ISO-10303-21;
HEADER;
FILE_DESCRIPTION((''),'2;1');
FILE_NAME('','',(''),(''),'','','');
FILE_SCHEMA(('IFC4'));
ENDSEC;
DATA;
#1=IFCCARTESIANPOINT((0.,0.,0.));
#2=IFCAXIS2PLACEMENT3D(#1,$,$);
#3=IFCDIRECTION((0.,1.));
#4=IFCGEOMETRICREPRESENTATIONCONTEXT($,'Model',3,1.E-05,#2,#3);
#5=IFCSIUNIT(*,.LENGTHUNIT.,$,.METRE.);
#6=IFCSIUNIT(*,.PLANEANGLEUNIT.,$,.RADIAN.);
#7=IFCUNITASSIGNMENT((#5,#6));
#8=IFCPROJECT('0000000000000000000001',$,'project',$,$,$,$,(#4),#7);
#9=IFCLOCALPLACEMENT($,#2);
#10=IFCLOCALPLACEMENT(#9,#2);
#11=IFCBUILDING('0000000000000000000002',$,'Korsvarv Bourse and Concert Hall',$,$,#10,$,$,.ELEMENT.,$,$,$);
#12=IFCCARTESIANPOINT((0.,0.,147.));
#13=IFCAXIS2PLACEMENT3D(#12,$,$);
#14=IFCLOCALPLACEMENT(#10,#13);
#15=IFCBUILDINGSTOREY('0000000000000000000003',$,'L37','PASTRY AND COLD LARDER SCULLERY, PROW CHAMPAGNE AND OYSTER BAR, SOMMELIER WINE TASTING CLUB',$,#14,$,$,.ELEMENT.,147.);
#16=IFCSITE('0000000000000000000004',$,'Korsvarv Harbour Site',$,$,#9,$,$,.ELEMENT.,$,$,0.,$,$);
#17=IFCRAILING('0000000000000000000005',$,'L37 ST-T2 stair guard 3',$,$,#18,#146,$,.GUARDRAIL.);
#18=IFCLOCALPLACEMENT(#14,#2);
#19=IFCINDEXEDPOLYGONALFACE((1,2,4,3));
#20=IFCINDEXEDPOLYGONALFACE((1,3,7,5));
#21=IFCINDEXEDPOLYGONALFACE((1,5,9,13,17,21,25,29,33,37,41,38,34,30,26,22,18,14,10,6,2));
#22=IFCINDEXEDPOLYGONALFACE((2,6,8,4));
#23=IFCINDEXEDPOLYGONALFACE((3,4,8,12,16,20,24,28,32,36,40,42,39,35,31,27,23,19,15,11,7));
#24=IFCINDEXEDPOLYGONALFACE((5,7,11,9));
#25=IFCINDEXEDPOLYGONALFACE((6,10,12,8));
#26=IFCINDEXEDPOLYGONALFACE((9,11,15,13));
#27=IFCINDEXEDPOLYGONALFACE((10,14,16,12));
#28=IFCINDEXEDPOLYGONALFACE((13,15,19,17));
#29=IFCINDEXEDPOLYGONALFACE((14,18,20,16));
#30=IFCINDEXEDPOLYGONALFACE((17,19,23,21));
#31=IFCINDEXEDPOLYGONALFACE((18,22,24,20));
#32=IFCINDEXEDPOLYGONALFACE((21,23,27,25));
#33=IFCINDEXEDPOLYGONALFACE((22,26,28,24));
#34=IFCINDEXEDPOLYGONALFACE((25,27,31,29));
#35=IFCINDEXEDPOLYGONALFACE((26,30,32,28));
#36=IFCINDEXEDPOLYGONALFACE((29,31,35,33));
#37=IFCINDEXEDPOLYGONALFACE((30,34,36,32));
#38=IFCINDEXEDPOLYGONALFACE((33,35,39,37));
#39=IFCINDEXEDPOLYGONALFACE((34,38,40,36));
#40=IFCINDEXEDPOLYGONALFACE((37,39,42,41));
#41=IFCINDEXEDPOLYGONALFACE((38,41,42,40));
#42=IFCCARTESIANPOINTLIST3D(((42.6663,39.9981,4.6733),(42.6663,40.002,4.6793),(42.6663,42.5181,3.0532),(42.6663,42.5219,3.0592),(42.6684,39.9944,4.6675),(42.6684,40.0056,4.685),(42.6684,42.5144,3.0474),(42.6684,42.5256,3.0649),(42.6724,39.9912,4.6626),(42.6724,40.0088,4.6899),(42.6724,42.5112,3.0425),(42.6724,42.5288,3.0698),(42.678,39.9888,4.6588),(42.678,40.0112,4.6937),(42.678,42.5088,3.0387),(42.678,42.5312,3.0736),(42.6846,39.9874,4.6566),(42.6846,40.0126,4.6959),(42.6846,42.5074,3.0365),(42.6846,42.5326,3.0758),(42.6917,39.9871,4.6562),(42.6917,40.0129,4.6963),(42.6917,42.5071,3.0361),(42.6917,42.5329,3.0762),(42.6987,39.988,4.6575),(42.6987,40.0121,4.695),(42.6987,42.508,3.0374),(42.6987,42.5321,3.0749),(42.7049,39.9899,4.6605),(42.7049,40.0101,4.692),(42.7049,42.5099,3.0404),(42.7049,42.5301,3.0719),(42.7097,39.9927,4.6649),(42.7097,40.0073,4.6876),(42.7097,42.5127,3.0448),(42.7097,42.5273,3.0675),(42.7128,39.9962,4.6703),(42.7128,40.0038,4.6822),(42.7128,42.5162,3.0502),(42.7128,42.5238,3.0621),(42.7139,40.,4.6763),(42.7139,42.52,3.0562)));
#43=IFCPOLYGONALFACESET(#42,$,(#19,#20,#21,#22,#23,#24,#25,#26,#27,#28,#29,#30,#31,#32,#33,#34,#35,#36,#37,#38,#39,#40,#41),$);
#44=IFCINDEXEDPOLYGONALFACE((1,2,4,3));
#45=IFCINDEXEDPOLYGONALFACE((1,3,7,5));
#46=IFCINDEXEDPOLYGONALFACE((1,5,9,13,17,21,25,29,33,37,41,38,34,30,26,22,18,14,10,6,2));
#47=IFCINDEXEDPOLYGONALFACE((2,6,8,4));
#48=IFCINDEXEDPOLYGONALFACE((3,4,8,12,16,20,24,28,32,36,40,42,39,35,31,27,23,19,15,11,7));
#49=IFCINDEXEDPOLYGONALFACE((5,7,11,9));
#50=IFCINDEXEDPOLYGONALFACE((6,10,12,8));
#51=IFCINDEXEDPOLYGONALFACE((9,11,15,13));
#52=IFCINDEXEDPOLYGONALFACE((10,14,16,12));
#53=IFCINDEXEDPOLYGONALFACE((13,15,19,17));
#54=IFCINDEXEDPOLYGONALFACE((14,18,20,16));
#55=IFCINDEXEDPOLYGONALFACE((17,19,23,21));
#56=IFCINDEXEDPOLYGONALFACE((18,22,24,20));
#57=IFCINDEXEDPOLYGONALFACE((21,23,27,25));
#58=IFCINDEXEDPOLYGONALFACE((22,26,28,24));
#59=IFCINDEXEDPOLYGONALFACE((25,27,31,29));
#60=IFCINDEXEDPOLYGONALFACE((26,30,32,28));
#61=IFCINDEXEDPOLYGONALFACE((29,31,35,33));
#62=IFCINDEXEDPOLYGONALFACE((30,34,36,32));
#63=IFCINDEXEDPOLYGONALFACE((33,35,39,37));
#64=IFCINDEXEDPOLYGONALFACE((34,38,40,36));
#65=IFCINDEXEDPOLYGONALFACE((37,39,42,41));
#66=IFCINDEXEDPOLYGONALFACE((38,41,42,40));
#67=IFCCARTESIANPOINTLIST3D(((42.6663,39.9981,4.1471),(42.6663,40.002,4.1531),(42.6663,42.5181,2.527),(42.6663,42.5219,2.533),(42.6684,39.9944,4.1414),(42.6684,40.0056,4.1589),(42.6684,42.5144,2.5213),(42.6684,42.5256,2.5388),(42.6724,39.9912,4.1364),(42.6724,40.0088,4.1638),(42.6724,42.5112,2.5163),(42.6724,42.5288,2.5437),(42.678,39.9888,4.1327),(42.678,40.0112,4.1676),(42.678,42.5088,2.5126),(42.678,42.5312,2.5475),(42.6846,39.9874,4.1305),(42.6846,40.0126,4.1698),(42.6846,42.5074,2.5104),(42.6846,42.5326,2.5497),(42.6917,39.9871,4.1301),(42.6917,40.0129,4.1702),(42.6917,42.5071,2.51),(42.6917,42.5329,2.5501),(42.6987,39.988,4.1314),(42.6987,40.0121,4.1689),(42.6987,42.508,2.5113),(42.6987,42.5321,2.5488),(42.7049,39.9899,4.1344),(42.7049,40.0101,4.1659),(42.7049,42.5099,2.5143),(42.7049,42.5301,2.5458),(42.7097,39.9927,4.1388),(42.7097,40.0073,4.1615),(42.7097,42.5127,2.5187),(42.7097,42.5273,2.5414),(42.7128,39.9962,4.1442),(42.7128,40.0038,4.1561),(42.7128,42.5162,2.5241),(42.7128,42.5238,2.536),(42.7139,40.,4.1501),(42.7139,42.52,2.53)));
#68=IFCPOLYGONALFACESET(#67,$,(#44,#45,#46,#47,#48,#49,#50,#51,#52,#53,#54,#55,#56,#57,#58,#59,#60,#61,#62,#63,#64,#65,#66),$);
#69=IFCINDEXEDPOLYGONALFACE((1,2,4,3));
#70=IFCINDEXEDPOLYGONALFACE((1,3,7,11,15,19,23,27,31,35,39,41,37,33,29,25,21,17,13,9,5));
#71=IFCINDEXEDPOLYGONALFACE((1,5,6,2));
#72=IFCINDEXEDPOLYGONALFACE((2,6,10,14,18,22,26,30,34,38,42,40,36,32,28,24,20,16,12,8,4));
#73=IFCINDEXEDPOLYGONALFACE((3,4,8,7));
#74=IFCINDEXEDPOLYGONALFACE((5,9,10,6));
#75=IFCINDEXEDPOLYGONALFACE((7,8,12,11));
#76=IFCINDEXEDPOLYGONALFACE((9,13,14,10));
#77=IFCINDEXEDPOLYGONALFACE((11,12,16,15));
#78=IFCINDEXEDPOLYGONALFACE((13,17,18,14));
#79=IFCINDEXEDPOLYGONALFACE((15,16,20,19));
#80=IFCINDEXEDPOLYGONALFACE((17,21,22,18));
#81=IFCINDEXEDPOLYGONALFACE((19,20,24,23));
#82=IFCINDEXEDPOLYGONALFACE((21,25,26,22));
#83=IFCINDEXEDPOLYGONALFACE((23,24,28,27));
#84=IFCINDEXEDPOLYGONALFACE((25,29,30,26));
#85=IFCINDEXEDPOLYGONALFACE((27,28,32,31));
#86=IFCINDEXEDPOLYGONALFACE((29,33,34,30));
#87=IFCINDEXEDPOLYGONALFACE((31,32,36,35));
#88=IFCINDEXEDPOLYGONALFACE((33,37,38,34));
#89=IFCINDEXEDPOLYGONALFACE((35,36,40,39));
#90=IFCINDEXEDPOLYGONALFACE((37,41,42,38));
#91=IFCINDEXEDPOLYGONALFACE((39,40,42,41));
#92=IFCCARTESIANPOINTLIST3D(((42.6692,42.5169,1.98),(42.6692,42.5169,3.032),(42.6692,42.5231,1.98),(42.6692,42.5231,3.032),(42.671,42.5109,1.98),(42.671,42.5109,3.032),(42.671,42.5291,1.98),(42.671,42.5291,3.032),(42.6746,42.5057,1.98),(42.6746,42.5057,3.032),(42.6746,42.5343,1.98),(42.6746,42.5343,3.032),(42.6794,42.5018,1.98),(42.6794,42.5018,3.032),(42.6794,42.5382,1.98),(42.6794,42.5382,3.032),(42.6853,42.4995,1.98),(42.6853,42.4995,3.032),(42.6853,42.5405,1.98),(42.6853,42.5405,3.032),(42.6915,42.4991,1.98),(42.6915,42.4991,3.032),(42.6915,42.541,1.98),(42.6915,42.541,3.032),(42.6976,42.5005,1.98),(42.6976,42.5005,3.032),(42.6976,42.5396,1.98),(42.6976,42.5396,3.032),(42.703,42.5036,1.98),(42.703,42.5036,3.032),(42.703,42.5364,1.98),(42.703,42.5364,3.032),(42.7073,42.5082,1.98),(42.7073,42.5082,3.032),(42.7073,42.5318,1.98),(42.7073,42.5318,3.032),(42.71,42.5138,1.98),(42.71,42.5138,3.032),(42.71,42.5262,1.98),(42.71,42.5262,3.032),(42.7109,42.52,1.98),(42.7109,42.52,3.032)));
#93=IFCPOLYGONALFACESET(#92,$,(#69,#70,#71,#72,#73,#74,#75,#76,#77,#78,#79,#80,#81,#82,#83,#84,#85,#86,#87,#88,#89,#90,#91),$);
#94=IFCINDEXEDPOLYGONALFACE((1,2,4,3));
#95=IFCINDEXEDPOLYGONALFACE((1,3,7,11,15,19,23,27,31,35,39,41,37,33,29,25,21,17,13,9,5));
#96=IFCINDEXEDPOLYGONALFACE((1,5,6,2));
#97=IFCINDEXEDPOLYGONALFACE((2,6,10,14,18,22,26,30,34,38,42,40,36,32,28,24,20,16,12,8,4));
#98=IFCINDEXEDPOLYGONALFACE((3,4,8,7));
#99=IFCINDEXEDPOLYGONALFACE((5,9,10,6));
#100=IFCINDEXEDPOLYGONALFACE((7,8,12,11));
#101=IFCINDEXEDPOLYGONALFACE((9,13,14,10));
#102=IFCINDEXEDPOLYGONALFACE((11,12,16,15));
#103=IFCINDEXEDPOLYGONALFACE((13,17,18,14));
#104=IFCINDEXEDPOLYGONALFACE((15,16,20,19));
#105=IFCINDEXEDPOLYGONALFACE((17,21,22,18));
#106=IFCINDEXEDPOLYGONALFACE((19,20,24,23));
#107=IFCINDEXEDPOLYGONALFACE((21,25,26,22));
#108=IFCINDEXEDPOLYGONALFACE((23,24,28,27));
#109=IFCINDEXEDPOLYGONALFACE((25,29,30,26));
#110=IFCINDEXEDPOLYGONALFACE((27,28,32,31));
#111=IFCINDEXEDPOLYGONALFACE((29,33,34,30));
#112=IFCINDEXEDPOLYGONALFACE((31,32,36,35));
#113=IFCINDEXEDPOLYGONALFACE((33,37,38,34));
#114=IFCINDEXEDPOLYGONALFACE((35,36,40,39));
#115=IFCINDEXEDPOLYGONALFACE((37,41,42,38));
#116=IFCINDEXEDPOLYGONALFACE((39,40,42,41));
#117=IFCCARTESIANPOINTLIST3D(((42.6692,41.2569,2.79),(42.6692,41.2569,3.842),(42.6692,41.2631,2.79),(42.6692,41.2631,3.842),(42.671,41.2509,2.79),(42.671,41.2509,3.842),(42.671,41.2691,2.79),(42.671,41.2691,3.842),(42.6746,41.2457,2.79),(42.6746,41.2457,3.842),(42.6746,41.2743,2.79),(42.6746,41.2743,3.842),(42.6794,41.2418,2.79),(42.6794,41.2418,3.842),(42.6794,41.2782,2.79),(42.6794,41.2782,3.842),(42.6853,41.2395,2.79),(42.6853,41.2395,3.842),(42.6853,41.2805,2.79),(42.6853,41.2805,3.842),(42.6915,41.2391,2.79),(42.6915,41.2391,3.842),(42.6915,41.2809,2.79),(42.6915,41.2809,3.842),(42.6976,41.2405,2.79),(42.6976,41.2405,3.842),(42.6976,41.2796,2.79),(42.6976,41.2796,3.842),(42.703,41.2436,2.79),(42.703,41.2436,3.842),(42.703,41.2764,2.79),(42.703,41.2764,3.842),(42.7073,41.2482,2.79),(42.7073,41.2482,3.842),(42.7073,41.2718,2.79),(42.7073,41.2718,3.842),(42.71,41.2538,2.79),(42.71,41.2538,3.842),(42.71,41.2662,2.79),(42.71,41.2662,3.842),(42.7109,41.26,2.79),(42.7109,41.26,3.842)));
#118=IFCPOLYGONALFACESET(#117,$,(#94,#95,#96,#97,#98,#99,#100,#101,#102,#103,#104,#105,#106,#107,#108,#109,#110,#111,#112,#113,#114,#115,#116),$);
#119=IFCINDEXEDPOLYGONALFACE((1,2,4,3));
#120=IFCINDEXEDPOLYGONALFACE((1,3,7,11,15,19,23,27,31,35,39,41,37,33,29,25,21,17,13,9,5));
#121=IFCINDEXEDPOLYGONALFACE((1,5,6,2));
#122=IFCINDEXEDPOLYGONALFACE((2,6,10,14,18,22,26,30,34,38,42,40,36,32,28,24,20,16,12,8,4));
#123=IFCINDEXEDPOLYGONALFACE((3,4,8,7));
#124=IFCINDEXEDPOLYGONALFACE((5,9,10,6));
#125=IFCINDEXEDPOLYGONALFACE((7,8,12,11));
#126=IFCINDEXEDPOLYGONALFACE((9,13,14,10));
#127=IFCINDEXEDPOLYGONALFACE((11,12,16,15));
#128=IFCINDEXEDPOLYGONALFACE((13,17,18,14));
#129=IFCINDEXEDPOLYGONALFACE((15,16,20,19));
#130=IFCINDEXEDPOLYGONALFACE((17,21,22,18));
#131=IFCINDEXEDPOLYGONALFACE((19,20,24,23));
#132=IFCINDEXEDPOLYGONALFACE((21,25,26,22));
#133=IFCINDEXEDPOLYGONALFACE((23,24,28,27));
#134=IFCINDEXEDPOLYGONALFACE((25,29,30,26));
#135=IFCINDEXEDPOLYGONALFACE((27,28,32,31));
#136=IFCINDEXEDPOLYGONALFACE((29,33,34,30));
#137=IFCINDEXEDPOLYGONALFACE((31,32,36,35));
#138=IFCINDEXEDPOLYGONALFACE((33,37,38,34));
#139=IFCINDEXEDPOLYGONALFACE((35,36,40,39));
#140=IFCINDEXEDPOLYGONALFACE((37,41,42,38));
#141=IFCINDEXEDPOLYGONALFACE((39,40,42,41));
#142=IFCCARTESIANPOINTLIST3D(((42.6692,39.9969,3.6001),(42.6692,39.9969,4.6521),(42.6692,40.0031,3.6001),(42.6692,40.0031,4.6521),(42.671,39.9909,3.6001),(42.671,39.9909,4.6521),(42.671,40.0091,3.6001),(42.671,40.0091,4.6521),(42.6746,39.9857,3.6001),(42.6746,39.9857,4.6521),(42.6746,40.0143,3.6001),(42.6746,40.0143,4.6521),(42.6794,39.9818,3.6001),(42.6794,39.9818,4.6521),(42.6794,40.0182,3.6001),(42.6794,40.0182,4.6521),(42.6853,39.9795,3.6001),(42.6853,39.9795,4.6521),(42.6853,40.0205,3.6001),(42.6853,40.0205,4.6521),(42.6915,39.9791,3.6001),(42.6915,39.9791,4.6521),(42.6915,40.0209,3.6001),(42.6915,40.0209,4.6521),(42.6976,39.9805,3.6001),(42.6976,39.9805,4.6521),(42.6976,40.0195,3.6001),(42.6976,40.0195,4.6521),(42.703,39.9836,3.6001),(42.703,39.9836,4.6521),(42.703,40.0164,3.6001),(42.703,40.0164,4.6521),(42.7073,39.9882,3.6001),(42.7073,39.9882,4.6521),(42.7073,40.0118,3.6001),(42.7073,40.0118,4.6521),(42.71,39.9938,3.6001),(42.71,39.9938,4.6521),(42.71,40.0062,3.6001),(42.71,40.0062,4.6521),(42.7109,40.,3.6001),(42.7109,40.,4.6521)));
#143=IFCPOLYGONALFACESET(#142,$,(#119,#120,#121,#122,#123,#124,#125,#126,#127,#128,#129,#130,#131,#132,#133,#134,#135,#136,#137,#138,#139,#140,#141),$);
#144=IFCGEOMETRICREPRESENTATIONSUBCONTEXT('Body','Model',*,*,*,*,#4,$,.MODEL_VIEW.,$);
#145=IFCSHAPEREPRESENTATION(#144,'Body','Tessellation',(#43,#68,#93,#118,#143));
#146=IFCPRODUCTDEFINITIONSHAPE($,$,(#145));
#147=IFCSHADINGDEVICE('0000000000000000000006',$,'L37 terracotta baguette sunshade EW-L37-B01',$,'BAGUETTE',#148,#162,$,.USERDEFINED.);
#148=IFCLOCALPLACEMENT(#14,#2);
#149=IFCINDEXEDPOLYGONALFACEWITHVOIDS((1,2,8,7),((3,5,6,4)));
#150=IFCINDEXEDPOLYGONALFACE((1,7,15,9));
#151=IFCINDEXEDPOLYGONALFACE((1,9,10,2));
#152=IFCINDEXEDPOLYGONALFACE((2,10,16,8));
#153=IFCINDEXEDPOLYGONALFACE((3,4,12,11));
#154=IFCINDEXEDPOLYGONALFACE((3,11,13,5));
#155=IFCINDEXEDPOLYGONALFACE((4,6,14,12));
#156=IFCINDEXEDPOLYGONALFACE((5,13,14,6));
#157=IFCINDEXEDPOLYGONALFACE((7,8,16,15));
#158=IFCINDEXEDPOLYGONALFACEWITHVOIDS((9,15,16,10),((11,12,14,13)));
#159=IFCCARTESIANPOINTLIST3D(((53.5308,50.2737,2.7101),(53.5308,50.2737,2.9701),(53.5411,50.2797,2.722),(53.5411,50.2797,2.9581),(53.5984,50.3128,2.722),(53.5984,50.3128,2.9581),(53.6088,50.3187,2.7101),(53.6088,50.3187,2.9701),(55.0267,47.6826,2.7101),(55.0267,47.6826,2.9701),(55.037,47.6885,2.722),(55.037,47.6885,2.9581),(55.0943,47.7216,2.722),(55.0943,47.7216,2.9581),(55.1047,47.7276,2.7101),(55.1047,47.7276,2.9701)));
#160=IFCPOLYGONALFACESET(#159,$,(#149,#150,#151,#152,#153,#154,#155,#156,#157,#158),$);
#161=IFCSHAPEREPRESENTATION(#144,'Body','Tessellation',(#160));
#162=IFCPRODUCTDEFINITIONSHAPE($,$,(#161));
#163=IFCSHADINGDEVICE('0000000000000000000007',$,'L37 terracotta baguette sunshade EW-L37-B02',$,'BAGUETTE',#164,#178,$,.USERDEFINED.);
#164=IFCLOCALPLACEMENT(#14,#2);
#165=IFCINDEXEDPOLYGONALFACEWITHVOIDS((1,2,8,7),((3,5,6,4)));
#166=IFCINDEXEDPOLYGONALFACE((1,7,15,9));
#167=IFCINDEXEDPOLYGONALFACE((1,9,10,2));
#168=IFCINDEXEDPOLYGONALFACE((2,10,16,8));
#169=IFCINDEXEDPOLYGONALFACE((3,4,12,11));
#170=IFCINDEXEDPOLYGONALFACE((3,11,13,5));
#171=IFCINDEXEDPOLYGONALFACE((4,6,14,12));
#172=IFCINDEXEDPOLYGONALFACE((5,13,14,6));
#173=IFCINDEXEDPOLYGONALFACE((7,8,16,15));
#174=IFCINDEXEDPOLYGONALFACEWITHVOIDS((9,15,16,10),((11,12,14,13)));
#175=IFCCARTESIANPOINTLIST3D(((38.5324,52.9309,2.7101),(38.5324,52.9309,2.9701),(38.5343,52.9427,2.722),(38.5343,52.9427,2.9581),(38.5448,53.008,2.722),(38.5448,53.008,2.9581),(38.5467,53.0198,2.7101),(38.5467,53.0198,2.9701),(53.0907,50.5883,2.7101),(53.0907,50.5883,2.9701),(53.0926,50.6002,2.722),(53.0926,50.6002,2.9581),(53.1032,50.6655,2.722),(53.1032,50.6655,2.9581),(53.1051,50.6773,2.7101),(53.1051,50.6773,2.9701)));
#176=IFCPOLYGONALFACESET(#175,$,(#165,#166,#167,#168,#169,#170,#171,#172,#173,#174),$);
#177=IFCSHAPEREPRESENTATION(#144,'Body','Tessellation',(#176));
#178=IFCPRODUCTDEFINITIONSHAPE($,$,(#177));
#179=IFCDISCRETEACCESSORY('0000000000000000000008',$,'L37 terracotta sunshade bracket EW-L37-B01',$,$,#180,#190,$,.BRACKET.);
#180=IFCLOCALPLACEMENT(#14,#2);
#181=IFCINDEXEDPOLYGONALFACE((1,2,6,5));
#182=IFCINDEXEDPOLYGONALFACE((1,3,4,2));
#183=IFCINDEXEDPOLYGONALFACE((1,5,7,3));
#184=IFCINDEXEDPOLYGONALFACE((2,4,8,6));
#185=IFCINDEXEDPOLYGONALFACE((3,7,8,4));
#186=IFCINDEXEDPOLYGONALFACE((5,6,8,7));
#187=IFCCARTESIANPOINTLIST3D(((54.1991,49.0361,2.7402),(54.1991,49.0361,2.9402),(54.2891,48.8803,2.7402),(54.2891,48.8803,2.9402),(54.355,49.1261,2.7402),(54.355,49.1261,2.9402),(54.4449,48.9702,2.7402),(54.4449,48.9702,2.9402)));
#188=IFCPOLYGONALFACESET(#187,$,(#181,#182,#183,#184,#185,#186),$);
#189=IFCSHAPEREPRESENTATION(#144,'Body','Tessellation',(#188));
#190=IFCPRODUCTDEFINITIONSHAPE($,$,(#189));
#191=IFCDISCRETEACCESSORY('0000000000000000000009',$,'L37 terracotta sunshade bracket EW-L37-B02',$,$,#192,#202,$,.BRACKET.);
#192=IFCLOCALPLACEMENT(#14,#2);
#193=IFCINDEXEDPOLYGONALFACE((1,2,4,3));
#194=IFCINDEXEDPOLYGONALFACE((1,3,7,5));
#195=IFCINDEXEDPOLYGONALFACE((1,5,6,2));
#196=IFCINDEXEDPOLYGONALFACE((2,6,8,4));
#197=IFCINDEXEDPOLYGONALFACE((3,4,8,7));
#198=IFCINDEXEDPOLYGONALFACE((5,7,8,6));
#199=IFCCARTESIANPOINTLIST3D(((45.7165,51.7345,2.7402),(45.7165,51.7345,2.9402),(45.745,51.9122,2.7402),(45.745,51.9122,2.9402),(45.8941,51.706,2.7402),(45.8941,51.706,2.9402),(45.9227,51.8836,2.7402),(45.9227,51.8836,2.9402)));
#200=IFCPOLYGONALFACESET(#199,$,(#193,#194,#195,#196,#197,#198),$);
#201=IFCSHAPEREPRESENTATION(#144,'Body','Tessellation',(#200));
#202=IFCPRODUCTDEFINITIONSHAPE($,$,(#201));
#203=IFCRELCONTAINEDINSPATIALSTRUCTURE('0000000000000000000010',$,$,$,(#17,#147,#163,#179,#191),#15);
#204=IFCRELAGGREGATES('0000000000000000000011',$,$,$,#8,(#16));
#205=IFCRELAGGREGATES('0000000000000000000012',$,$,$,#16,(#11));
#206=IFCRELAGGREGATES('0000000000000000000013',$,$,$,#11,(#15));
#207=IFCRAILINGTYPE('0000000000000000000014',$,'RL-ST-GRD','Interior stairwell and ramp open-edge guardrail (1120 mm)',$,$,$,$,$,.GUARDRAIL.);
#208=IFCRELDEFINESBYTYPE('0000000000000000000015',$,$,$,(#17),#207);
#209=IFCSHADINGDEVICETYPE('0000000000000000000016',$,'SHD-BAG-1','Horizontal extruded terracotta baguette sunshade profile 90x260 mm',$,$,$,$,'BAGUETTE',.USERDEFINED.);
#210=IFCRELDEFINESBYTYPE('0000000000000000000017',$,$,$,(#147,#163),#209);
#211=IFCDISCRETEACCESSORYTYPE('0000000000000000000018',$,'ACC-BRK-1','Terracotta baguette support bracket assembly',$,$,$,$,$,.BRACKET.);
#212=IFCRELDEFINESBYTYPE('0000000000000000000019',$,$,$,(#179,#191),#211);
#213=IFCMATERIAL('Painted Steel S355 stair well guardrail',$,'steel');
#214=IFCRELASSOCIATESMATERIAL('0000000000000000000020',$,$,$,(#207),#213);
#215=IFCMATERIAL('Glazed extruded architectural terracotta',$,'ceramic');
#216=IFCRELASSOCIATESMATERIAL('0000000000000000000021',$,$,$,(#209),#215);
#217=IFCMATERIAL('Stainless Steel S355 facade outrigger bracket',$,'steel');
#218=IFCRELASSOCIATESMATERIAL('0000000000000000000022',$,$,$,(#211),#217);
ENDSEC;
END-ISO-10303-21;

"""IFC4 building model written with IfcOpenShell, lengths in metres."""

from ifc_helpers import new_model, si_unit, direction, frame, origin, origin_2d, place, context, subcontext, project, spatial, rectangle, hollow_rectangle, circle, extrude, source, transform, mapped, material, material_profile, profile_set, type_object, element, save


model = new_model("IFC4")

# Units and contexts
model_context = context("Model", 3, precision=1e-05, world=origin(), true_north=direction((0.0, 1.0)))
body_context = subcontext(model_context, "Body", "Model", "MODEL_VIEW")
ifc_project = project(units=[si_unit("LENGTHUNIT", "METRE"), si_unit("PLANEANGLEUNIT", "RADIAN")], contexts=[model_context])

# Site, building, storey
site_placement = place(None, origin())
site = spatial("IfcSite", under=ifc_project, at=site_placement, Name="Korsvarv Harbour Site", CompositionType="ELEMENT", RefElevation=0.0)
building_placement = place(site_placement, origin())
building = spatial("IfcBuilding", under=site, at=building_placement, Name="Korsvarv Bourse and Concert Hall", CompositionType="ELEMENT")
storey_placement = place(building_placement, frame((0.0, 0.0, 147.0)))
storey = spatial("IfcBuildingStorey", under=building, at=storey_placement, Name="L37", Description="PASTRY AND COLD LARDER SCULLERY, PROW CHAMPAGNE AND OYSTER BAR, SOMMELIER WINE TASTING CLUB", CompositionType="ELEMENT", Elevation=147.0)

# Railing
ifc_material_1 = material(Name="Painted Steel S355 stair well guardrail", Category="steel")
railing_type = type_object("IfcRailingType", Name="RL-ST-GRD", Description="Interior stairwell and ramp open-edge guardrail (1120 mm)", PredefinedType="GUARDRAIL", material=ifc_material_1)
railing_1_placement = place(storey_placement, frame((42.6899, 42.52, 1.98)))
element("IfcRailing", 1, at=railing_1_placement, inside=storey, type_object=railing_type, Name="L37 ST-T2 stair guard 3", PredefinedType="GUARDRAIL", context=body_context, shape_type="SweptSolid", body=[
    extrude(circle(Radius=0.0239, at=origin_2d()), frame((0.0, 0.0, 1.0762), z_axis=(0.0, -0.841163, 0.540782), x_axis=(1.0, 0.0, 0.0)), (0.0, 0.0, 1.0), 2.9958),
    extrude(circle(Radius=0.0239, at=origin_2d()), frame((0.0, 0.0, 0.55), z_axis=(0.0, -0.841163, 0.540782), x_axis=(1.0, 0.0, 0.0)), (0.0, 0.0, 1.0), 2.9958),
    extrude(circle(Radius=0.021, at=origin_2d()), origin(), (0.0, 0.0, 1.0), 1.052),
    extrude(circle(Radius=0.021, at=origin_2d()), frame((0.0, -1.26, 0.8101)), (0.0, 0.0, 1.0), 1.052),
    extrude(circle(Radius=0.021, at=origin_2d()), frame((0.0, -2.52, 1.6201)), (0.0, 0.0, 1.0), 1.052),
])

# Shading devices
ifc_material_2 = material(Name="Glazed extruded architectural terracotta", Category="ceramic")
ifc_material_profile_1 = material_profile(ifc_material_2, hollow_rectangle(XDim=0.0901, YDim=0.26, WallThickness=0.012, at=origin_2d()), Name="TC-BAG 90x260")
ifc_profile_set_1 = profile_set([ifc_material_profile_1], Name="Glazed extruded architectural terracotta")
shading_device_type = type_object("IfcShadingDeviceType", Name="SHD-BAG-1", Description="Horizontal extruded terracotta baguette sunshade profile 90x260 mm", ElementType="BAGUETTE", PredefinedType="USERDEFINED", material=ifc_profile_set_1)
shared_shape_1 = source(origin(), body_context, "Body", "SweptSolid", [
    extrude(hollow_rectangle(XDim=0.0901, YDim=0.26, WallThickness=0.012, at=origin_2d()), origin(), (0.0, 0.0, 1.0), 2.9919),
])
shading_device_1_placement = place(storey_placement, frame((55.0657, 47.7051, 2.8401), z_axis=(-0.499974, 0.86604, 0.0), x_axis=(-0.86604, -0.499974, 0.0)))
element("IfcShadingDevice", 2, at=shading_device_1_placement, inside=storey, type_object=shading_device_type, Name="L37 terracotta baguette sunshade EW-L37-B01", ObjectType="BAGUETTE", PredefinedType="USERDEFINED", context=body_context, shape_type="MappedRepresentation", body=[
    mapped(shared_shape_1, transform((0.0, 0.0, 0.0), scale=1.0)),
])
shared_shape_2 = source(origin(), body_context, "Body", "SweptSolid", [
    extrude(hollow_rectangle(XDim=0.0901, YDim=0.26, WallThickness=0.012, at=origin_2d()), origin(), (0.0, 0.0, 1.0), 14.7456),
])
shading_device_2_placement = place(storey_placement, frame((53.0979, 50.6328, 2.8401), z_axis=(-0.987301, 0.158863, 0.0), x_axis=(-0.158863, -0.987301, 0.0)))
element("IfcShadingDevice", 3, at=shading_device_2_placement, inside=storey, type_object=shading_device_type, Name="L37 terracotta baguette sunshade EW-L37-B02", ObjectType="BAGUETTE", PredefinedType="USERDEFINED", context=body_context, shape_type="MappedRepresentation", body=[
    mapped(shared_shape_2, transform((0.0, 0.0, 0.0), scale=1.0)),
])

# Discrete accessories
ifc_material_3 = material(Name="Stainless Steel S355 facade outrigger bracket", Category="steel")
discrete_accessory_type = type_object("IfcDiscreteAccessoryType", Name="ACC-BRK-1", Description="Terracotta baguette support bracket assembly", PredefinedType="BRACKET", material=ifc_material_3)
shared_shape_3 = source(origin(), body_context, "Body", "SweptSolid", [
    extrude(rectangle(XDim=0.1799, YDim=0.1799, at=origin_2d()), origin(), (0.0, 0.0, 1.0), 0.2),
])
for number, where, z_axis, x_axis, name in (
    (4, (54.322, 49.0032, 2.7402), (0.0, 0.0, 1.0), (-0.5, 0.866025, 0.0), "L37 terracotta sunshade bracket EW-L37-B01"),
    (5, (45.8196, 51.8091, 2.7402), (0.0, 0.0, 1.0), (-0.987303, 0.158847, 0.0), "L37 terracotta sunshade bracket EW-L37-B02"),
):
    element("IfcDiscreteAccessory", number, at=place(storey_placement, frame(where, z_axis=z_axis, x_axis=x_axis)), inside=storey, type_object=discrete_accessory_type, Name=name, PredefinedType="BRACKET", context=body_context, shape_type="MappedRepresentation", body=[
        mapped(shared_shape_3, transform((0.0, 0.0, 0.0), scale=1.0)),
    ])

save(model, "model.ifc")
